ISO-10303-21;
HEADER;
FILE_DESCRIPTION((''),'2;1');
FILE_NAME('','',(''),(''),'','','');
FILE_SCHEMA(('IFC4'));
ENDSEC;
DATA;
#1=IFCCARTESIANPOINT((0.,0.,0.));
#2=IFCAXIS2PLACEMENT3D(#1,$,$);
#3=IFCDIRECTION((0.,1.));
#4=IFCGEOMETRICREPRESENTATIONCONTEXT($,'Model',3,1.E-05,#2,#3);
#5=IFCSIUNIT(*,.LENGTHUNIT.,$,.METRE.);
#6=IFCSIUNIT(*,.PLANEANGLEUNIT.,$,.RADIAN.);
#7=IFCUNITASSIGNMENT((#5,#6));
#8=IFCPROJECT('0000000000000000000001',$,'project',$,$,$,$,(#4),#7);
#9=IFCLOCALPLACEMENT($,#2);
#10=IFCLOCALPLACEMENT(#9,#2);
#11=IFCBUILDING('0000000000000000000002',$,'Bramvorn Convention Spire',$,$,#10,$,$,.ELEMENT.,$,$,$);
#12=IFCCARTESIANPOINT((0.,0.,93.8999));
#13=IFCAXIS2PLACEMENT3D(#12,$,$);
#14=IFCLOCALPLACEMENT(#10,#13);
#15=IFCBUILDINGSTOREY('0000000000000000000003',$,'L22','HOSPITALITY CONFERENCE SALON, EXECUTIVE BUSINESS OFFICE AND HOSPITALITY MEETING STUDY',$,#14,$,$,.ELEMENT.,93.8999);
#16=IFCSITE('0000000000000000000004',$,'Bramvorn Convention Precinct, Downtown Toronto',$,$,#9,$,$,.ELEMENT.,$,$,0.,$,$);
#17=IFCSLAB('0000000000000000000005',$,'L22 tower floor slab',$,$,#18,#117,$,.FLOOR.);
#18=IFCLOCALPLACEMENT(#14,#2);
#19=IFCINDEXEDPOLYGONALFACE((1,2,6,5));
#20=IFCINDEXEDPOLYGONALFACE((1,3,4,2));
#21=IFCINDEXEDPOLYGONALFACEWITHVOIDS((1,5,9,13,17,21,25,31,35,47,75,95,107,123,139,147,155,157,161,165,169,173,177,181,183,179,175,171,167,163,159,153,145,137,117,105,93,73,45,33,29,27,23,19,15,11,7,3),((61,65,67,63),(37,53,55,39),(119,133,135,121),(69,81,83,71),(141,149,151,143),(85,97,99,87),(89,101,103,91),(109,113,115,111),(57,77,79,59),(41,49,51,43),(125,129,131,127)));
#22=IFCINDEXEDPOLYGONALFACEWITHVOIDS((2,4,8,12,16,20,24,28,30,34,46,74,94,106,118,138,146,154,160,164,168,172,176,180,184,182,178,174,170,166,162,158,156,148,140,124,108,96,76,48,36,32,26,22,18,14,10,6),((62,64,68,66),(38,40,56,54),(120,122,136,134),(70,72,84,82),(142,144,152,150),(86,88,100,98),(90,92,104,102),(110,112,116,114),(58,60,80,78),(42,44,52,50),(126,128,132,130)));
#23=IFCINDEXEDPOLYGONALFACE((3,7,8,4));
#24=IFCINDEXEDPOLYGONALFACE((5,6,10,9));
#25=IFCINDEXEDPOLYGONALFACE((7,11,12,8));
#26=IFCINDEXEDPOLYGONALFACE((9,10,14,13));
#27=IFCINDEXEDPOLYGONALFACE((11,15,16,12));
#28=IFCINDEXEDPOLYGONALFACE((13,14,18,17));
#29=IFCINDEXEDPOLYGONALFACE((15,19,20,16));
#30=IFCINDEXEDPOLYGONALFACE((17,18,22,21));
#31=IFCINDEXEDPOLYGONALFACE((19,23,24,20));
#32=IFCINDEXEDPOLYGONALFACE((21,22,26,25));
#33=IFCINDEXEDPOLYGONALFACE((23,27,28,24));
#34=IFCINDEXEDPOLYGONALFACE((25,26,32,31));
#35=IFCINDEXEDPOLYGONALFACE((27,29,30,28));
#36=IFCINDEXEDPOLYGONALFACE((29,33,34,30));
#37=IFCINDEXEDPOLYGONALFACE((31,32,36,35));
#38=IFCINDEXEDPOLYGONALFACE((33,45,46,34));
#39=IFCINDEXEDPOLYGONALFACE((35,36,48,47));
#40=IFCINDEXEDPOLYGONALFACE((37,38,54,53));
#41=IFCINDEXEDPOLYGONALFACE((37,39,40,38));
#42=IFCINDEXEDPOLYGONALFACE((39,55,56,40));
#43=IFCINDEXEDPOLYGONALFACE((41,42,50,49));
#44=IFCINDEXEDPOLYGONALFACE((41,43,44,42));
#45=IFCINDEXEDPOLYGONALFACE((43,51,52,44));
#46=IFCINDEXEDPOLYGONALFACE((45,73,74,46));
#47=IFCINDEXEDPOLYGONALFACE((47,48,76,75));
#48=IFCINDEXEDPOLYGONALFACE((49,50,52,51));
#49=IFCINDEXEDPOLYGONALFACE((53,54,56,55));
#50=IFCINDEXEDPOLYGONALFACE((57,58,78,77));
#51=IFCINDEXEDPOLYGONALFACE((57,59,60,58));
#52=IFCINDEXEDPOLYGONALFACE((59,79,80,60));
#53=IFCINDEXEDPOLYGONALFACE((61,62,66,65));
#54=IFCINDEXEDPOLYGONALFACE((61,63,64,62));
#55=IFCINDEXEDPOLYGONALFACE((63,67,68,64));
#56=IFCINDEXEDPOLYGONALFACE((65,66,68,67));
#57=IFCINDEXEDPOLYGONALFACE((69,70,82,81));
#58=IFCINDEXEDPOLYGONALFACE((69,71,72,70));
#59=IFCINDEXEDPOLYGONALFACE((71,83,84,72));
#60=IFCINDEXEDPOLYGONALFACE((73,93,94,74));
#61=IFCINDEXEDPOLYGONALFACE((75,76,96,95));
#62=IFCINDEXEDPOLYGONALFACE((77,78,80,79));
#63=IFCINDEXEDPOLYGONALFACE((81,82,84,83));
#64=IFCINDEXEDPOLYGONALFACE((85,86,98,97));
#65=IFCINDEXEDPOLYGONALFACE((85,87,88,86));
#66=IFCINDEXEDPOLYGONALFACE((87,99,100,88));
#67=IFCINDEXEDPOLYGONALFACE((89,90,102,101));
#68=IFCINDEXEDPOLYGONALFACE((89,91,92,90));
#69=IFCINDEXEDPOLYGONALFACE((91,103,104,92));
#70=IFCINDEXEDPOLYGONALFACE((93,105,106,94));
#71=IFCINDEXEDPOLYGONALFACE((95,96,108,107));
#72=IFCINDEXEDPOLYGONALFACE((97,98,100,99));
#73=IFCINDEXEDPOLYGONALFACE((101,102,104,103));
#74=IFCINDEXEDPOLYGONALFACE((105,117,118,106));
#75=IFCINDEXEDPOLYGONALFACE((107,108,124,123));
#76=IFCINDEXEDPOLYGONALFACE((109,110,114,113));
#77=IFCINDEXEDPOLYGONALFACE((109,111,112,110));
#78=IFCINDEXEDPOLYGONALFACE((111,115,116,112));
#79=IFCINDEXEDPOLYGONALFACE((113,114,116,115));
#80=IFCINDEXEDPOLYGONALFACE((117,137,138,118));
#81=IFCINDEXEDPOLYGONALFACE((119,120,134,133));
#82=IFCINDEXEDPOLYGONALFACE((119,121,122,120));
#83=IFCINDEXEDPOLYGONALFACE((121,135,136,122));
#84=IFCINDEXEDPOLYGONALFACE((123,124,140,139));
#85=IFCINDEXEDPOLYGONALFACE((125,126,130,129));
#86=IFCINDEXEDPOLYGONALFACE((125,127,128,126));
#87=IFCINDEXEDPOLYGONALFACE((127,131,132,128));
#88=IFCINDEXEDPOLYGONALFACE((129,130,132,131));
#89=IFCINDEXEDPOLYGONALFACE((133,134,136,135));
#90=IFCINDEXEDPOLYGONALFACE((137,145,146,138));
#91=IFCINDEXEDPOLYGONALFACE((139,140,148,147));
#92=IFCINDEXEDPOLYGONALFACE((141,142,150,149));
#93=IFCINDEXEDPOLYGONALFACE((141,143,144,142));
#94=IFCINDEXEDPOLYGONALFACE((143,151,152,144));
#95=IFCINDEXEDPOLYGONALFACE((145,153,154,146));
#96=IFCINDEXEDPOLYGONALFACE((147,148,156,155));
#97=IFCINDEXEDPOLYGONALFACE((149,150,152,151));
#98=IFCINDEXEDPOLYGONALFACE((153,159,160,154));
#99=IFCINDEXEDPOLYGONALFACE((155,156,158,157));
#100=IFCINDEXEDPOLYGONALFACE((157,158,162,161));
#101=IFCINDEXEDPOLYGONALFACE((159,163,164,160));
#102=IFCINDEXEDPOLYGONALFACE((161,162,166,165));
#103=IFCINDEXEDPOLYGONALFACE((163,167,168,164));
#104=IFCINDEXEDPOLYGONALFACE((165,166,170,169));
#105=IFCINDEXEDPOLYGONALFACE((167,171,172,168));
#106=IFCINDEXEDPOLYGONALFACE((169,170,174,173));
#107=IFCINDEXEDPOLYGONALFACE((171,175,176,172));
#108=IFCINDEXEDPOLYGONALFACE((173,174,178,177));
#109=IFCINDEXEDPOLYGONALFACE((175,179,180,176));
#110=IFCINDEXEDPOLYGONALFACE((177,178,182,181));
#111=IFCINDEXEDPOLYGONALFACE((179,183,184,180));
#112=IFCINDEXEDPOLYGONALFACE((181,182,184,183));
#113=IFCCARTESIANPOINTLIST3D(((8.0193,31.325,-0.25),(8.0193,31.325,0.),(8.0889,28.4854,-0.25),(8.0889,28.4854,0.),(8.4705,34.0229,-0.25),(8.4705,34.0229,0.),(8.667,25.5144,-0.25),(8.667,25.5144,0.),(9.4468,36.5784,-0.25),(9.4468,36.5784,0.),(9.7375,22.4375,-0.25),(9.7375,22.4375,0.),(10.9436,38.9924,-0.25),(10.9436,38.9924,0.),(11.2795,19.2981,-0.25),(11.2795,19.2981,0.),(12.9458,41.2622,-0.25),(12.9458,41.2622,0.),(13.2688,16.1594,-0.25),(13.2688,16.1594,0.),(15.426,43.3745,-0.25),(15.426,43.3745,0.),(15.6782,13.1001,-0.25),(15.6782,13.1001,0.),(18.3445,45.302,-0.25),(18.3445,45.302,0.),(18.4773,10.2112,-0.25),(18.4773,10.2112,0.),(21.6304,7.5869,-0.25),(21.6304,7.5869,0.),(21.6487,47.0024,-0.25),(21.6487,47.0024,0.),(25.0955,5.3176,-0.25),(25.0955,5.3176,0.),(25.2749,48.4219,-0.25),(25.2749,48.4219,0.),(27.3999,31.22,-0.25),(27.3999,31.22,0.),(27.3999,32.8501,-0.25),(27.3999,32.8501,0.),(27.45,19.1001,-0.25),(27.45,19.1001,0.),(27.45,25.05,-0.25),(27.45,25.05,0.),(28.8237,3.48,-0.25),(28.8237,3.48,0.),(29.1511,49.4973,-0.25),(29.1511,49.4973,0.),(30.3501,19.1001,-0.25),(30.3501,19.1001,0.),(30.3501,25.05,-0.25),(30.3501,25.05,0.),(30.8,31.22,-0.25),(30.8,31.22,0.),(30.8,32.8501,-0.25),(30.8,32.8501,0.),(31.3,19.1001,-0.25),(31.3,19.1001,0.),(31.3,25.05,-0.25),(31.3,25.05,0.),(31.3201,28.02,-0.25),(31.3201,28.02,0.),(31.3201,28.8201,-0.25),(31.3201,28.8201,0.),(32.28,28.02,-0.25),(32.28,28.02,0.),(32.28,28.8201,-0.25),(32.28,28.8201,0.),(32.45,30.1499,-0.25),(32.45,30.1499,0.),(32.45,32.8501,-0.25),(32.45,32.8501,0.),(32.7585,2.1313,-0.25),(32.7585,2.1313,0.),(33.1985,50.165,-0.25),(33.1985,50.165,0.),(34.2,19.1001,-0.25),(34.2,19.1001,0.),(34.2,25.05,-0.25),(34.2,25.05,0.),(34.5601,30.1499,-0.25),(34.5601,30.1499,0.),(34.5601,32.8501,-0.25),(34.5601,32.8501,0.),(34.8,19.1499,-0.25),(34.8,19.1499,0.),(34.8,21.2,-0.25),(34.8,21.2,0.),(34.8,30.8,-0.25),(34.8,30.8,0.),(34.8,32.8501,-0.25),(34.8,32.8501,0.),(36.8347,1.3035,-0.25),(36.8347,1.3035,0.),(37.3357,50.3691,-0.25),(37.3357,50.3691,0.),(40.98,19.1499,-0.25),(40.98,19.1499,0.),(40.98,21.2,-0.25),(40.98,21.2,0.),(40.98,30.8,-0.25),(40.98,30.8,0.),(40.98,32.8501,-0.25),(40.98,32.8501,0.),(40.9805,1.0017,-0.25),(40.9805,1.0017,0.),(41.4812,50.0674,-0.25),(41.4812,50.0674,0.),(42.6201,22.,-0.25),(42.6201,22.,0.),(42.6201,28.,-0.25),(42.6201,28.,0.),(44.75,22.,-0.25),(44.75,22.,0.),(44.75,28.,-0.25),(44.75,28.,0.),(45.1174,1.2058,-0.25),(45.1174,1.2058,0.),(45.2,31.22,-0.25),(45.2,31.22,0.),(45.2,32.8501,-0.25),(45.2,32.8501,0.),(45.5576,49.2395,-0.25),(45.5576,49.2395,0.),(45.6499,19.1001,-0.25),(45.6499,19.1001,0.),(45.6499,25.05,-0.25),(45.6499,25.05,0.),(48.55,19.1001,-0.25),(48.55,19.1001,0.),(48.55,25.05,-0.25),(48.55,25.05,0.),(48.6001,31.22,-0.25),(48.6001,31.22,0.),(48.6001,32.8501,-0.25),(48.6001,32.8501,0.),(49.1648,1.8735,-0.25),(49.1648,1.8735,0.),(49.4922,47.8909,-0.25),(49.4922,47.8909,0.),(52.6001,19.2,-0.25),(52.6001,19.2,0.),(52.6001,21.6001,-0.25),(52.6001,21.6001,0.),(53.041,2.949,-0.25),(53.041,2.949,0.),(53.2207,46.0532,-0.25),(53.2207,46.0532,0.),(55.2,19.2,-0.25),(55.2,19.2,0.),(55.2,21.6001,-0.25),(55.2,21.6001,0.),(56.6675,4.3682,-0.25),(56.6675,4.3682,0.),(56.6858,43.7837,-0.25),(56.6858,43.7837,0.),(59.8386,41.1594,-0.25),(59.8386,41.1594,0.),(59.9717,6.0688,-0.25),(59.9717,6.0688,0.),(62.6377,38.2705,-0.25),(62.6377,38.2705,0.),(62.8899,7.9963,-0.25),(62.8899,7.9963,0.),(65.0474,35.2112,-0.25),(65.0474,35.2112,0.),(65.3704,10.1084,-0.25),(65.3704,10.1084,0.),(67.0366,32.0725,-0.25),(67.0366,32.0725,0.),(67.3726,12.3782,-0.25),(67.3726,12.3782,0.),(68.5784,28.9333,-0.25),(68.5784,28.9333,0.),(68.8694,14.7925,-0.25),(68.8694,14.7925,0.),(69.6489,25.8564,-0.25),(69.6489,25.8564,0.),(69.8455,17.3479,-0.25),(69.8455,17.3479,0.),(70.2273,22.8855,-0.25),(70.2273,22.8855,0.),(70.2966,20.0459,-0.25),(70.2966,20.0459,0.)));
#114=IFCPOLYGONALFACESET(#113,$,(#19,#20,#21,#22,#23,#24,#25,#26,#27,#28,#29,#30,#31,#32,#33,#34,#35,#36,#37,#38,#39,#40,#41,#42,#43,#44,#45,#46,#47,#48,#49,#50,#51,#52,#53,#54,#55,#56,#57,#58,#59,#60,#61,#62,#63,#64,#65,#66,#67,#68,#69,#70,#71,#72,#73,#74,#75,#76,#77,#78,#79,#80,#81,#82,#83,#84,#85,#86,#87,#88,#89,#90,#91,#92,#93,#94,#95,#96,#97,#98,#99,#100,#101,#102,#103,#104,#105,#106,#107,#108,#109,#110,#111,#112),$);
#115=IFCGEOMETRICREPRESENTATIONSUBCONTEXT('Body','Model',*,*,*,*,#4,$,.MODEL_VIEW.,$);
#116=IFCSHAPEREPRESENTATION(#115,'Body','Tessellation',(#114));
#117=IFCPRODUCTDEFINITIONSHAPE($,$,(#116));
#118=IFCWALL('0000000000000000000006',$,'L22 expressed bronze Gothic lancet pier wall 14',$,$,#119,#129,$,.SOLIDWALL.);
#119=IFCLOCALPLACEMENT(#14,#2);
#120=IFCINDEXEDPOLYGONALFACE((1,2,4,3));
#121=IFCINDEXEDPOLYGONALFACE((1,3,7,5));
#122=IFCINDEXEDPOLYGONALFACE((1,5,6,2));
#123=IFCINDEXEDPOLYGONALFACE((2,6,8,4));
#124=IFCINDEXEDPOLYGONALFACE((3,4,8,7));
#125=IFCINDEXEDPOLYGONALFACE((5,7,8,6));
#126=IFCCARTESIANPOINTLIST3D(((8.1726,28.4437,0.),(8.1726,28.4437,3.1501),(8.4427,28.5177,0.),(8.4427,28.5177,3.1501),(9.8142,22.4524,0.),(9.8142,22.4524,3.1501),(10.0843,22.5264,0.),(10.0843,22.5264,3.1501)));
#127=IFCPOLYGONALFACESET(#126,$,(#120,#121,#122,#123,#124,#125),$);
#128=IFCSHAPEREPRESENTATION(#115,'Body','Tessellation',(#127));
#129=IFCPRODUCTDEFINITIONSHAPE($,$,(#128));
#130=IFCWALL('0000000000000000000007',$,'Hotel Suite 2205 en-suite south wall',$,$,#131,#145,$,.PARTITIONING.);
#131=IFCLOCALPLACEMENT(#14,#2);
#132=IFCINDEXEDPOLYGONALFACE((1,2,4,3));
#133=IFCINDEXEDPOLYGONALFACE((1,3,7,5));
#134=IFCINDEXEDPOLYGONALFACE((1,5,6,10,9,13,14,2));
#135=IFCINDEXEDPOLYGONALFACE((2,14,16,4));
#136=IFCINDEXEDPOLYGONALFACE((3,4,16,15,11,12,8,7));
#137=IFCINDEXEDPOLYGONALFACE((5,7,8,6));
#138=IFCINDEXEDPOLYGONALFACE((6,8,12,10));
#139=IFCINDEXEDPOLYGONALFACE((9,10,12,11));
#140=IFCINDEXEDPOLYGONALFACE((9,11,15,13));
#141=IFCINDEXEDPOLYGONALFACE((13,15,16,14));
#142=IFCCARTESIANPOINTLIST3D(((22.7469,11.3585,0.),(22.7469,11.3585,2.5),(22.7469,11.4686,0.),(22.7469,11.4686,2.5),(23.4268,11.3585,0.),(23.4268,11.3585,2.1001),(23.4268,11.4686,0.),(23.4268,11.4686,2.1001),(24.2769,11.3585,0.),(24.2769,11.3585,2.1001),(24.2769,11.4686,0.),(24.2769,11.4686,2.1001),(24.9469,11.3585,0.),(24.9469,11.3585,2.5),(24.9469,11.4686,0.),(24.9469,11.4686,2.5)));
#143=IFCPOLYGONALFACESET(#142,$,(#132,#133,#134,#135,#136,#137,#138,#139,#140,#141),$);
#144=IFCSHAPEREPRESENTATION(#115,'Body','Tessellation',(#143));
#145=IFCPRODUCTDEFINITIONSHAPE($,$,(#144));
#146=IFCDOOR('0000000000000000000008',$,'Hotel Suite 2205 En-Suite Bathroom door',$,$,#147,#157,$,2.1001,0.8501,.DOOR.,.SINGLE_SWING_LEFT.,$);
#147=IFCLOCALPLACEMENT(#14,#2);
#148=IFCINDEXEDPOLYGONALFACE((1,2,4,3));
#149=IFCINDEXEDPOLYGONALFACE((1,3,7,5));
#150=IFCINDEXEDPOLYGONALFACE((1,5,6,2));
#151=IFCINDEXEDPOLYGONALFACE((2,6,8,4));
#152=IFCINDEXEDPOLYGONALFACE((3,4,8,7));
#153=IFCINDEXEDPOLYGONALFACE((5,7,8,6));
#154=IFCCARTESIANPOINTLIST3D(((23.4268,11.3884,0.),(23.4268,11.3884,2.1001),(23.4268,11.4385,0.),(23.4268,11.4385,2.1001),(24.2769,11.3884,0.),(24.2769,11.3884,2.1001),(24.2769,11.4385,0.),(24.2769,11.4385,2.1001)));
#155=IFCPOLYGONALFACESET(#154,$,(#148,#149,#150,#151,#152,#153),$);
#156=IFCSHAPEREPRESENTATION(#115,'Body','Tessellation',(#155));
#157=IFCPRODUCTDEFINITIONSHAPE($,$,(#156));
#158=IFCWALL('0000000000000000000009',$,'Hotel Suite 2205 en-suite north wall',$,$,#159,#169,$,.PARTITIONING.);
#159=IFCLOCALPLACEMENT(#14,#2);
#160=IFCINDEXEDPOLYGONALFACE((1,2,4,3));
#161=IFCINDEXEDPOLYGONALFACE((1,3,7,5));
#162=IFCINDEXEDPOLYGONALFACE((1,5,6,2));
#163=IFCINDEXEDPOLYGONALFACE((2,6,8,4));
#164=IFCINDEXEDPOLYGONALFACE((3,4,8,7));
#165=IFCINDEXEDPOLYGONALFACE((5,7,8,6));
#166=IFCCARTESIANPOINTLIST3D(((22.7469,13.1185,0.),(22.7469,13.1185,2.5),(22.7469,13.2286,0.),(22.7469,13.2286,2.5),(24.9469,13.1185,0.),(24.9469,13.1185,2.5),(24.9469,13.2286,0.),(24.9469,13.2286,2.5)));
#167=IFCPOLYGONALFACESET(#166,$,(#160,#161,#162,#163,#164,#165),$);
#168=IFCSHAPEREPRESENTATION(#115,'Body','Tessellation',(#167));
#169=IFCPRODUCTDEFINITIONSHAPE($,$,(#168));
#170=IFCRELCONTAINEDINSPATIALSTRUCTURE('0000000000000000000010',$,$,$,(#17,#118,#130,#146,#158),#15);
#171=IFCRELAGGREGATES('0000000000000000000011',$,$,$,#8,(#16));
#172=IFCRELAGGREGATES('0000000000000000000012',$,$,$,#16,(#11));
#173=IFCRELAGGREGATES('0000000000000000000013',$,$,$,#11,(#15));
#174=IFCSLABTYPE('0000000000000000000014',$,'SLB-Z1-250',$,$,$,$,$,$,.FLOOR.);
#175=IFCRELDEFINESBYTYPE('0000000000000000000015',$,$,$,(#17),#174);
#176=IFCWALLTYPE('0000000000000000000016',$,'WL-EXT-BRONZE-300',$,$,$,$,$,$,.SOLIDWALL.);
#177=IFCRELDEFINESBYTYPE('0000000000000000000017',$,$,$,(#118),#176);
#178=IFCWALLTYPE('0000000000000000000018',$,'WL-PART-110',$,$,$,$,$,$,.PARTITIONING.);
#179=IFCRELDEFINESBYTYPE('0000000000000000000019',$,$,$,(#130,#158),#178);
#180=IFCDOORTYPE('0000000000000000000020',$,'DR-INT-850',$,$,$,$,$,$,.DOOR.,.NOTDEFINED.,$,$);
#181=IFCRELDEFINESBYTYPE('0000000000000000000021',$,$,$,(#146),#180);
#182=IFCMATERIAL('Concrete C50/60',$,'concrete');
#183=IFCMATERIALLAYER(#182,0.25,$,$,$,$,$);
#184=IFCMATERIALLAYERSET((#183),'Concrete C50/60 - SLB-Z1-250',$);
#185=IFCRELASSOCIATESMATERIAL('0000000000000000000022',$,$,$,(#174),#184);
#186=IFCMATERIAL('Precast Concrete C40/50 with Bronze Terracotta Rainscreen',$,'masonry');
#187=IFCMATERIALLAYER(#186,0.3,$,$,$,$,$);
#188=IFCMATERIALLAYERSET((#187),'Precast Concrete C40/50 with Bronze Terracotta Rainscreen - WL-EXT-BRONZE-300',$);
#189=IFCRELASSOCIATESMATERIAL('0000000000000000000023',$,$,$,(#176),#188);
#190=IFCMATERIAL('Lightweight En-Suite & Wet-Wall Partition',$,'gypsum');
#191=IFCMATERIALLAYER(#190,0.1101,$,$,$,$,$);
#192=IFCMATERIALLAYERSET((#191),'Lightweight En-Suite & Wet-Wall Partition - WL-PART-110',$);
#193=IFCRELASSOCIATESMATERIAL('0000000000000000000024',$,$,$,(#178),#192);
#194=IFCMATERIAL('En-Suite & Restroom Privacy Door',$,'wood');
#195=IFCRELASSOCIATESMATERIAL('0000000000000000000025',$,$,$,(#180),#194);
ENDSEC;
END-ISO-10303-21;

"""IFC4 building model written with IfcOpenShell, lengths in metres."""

from ifc_helpers import new_model, si_unit, direction, frame, frame_2d, origin, place, context, subcontext, project, spatial, polyline, rectangle, outline, extrude, material, layer, layer_set, type_object, element, fill, save


model = new_model("IFC4")

# Units and contexts
model_context = context("Model", 3, precision=1e-05, world=origin(), true_north=direction((0.0, 1.0)))
body_context = subcontext(model_context, "Body", "Model", "MODEL_VIEW")
ifc_project = project(units=[si_unit("LENGTHUNIT", "METRE"), si_unit("PLANEANGLEUNIT", "RADIAN")], contexts=[model_context])

# Site, building, storey
site_placement = place(None, origin())
site = spatial("IfcSite", under=ifc_project, at=site_placement, Name="Bramvorn Convention Precinct, Downtown Toronto", CompositionType="ELEMENT", RefElevation=0.0)
building_placement = place(site_placement, origin())
building = spatial("IfcBuilding", under=site, at=building_placement, Name="Bramvorn Convention Spire", CompositionType="ELEMENT")
storey_placement = place(building_placement, frame((0.0, 0.0, 93.8999)))
storey = spatial("IfcBuildingStorey", under=building, at=storey_placement, Name="L22", Description="HOSPITALITY CONFERENCE SALON, EXECUTIVE BUSINESS OFFICE AND HOSPITALITY MEETING STUDY", CompositionType="ELEMENT", Elevation=93.8999)

# Slab
ifc_material_1 = material(Name="Concrete C50/60", Category="concrete")
ifc_layer_1 = layer(ifc_material_1, 0.25)
ifc_layer_set_1 = layer_set([ifc_layer_1], Name="Concrete C50/60 - SLB-Z1-250")
slab_type_1 = type_object("IfcSlabType", Name="SLB-Z1-250", PredefinedType="FLOOR", material=ifc_layer_set_1)
slab_1_placement = place(storey_placement, frame((0.0, 0.0, -0.25)))
element("IfcSlab", 1, at=slab_1_placement, inside=storey, type_object=slab_type_1, Name="L22 tower floor slab", PredefinedType="FLOOR", context=body_context, shape_type="SweptSolid", body=[
    extrude(outline(polyline([(69.8455, 17.3479), (70.2966, 20.0459), (70.2273, 22.8855), (69.6489, 25.8564), (68.5784, 28.9333), (67.0366, 32.0725), (65.0474, 35.2112), (62.6377, 38.2705), (59.8386, 41.1594), (56.6858, 43.7837), (53.2207, 46.0532), (49.4922, 47.8909), (45.5576, 49.2395), (41.4812, 50.0674), (37.3357, 50.3691), (33.1985, 50.165), (29.1511, 49.4973), (25.2749, 48.4219), (21.6487, 47.0024), (18.3445, 45.302), (15.426, 43.3745), (12.9458, 41.2622), (10.9436, 38.9924), (9.4468, 36.5784), (8.4705, 34.0229), (8.0193, 31.325), (8.0889, 28.4854), (8.667, 25.5144), (9.7375, 22.4375), (11.2795, 19.2981), (13.2688, 16.1594), (15.6782, 13.1001), (18.4773, 10.2112), (21.6304, 7.5869), (25.0955, 5.3176), (28.8237, 3.48), (32.7585, 2.1313), (36.8347, 1.3035), (40.9805, 1.0017), (45.1174, 1.2058), (49.1648, 1.8735), (53.041, 2.949), (56.6675, 4.3682), (59.9717, 6.0688), (62.8899, 7.9963), (65.3704, 10.1084), (67.3726, 12.3782), (68.8694, 14.7925), (69.8455, 17.3479)]), holes=[polyline([(27.45, 25.05), (27.45, 19.1001), (30.3501, 19.1001), (30.3501, 25.05), (27.45, 25.05)]), polyline([(45.6499, 25.05), (45.6499, 19.1001), (48.55, 19.1001), (48.55, 25.05), (45.6499, 25.05)]), polyline([(31.3, 25.05), (31.3, 19.1001), (34.2, 19.1001), (34.2, 25.05), (31.3, 25.05)]), polyline([(27.3999, 31.22), (30.8, 31.22), (30.8, 32.8501), (27.3999, 32.8501), (27.3999, 31.22)]), polyline([(45.2, 31.22), (48.6001, 31.22), (48.6001, 32.8501), (45.2, 32.8501), (45.2, 31.22)]), polyline([(32.45, 30.1499), (34.5601, 30.1499), (34.5601, 32.8501), (32.45, 32.8501), (32.45, 30.1499)]), polyline([(34.8, 30.8), (40.98, 30.8), (40.98, 32.8501), (34.8, 32.8501), (34.8, 30.8)]), polyline([(34.8, 19.1499), (40.98, 19.1499), (40.98, 21.2), (34.8, 21.2), (34.8, 19.1499)]), polyline([(42.6201, 22.0), (44.75, 22.0), (44.75, 28.0), (42.6201, 28.0), (42.6201, 22.0)]), polyline([(31.3201, 28.02), (32.28, 28.02), (32.28, 28.8201), (31.3201, 28.8201), (31.3201, 28.02)]), polyline([(52.6001, 19.2), (55.2, 19.2), (55.2, 21.6001), (52.6001, 21.6001), (52.6001, 19.2)])]), origin(), (0.0, 0.0, 1.0), 0.25),
])

# Wall
ifc_material_2 = material(Name="Precast Concrete C40/50 with Bronze Terracotta Rainscreen", Category="masonry")
ifc_layer_2 = layer(ifc_material_2, 0.3)
ifc_layer_set_2 = layer_set([ifc_layer_2], Name="Precast Concrete C40/50 with Bronze Terracotta Rainscreen - WL-EXT-BRONZE-300")
wall_type_1 = type_object("IfcWallType", Name="WL-EXT-BRONZE-300", PredefinedType="SOLIDWALL", material=ifc_layer_set_2)
wall_1_placement = place(storey_placement, frame((9.9492, 22.4895, 0.0), z_axis=(0.0, 0.0, 1.0), x_axis=(-0.264261, 0.964451, 0.0)))
element("IfcWall", 2, at=wall_1_placement, inside=storey, type_object=wall_type_1, Name="L22 expressed bronze Gothic lancet pier wall 14", PredefinedType="SOLIDWALL", context=body_context, shape_type="SweptSolid", body=[
    extrude(rectangle(XDim=6.2122, YDim=0.28, at=frame_2d((3.106, 0.0))), origin(), (0.0, 0.0, 1.0), 3.1501),
])

# Wall, opening, door
ifc_material_3 = material(Name="Lightweight En-Suite & Wet-Wall Partition", Category="gypsum")
ifc_layer_3 = layer(ifc_material_3, 0.1101)
ifc_layer_set_3 = layer_set([ifc_layer_3], Name="Lightweight En-Suite & Wet-Wall Partition - WL-PART-110")
wall_type_2 = type_object("IfcWallType", Name="WL-PART-110", PredefinedType="PARTITIONING", material=ifc_layer_set_3)
wall_2_placement = place(storey_placement, frame((22.7468, 11.4136, 0.0), z_axis=(0.0, 0.0, 1.0), x_axis=(1.0, 0.0, 0.0)))
wall_2 = element("IfcWall", 3, at=wall_2_placement, inside=storey, type_object=wall_type_2, Name="Hotel Suite 2205 en-suite south wall", PredefinedType="PARTITIONING", context=body_context, shape_type="SweptSolid", body=[
    extrude(rectangle(XDim=2.2, YDim=0.1101, at=frame_2d((1.1001, 0.0))), origin(), (0.0, 0.0, 1.0), 2.5),
])
opening_placement = place(wall_2_placement, frame((0.6799, 0.0, 0.0)))
opening = element("IfcOpeningElement", 4, at=opening_placement, cuts=wall_2, PredefinedType="OPENING", context=body_context, shape_type="SweptSolid", body=[
    extrude(rectangle(XDim=0.8501, YDim=2.1001, at=frame_2d((0.425, 1.05))), frame((0.0, 0.0649, 0.0), z_axis=(0.0, -1.0, 0.0), x_axis=(1.0, 0.0, 0.0)), (0.0, 0.0, 1.0), 0.1301),
])
ifc_material_4 = material(Name="En-Suite & Restroom Privacy Door", Category="wood")
door_type = type_object("IfcDoorType", Name="DR-INT-850", OperationType="NOTDEFINED", PredefinedType="DOOR", material=ifc_material_4)
door_placement = place(opening_placement, origin())
door = element("IfcDoor", 5, at=door_placement, inside=storey, type_object=door_type, Name="Hotel Suite 2205 En-Suite Bathroom door", OperationType="SINGLE_SWING_LEFT", OverallHeight=2.1001, OverallWidth=0.8501, PredefinedType="DOOR", context=body_context, shape_type="SweptSolid", body=[
    extrude(rectangle(XDim=0.8501, YDim=2.1001, at=frame_2d((0.425, 1.05))), frame((0.0, 0.0249, 0.0), z_axis=(0.0, -1.0, 0.0), x_axis=(1.0, 0.0, 0.0)), (0.0, 0.0, 1.0), 0.05),
])
fill(opening, door)

# Wall
wall_3_placement = place(storey_placement, frame((22.7468, 13.1736, 0.0), z_axis=(0.0, 0.0, 1.0), x_axis=(1.0, 0.0, 0.0)))
element("IfcWall", 6, at=wall_3_placement, inside=storey, type_object=wall_type_2, Name="Hotel Suite 2205 en-suite north wall", PredefinedType="PARTITIONING", context=body_context, shape_type="SweptSolid", body=[
    extrude(rectangle(XDim=2.2, YDim=0.1101, at=frame_2d((1.1001, 0.0))), origin(), (0.0, 0.0, 1.0), 2.5),
])

save(model, "model.ifc")
